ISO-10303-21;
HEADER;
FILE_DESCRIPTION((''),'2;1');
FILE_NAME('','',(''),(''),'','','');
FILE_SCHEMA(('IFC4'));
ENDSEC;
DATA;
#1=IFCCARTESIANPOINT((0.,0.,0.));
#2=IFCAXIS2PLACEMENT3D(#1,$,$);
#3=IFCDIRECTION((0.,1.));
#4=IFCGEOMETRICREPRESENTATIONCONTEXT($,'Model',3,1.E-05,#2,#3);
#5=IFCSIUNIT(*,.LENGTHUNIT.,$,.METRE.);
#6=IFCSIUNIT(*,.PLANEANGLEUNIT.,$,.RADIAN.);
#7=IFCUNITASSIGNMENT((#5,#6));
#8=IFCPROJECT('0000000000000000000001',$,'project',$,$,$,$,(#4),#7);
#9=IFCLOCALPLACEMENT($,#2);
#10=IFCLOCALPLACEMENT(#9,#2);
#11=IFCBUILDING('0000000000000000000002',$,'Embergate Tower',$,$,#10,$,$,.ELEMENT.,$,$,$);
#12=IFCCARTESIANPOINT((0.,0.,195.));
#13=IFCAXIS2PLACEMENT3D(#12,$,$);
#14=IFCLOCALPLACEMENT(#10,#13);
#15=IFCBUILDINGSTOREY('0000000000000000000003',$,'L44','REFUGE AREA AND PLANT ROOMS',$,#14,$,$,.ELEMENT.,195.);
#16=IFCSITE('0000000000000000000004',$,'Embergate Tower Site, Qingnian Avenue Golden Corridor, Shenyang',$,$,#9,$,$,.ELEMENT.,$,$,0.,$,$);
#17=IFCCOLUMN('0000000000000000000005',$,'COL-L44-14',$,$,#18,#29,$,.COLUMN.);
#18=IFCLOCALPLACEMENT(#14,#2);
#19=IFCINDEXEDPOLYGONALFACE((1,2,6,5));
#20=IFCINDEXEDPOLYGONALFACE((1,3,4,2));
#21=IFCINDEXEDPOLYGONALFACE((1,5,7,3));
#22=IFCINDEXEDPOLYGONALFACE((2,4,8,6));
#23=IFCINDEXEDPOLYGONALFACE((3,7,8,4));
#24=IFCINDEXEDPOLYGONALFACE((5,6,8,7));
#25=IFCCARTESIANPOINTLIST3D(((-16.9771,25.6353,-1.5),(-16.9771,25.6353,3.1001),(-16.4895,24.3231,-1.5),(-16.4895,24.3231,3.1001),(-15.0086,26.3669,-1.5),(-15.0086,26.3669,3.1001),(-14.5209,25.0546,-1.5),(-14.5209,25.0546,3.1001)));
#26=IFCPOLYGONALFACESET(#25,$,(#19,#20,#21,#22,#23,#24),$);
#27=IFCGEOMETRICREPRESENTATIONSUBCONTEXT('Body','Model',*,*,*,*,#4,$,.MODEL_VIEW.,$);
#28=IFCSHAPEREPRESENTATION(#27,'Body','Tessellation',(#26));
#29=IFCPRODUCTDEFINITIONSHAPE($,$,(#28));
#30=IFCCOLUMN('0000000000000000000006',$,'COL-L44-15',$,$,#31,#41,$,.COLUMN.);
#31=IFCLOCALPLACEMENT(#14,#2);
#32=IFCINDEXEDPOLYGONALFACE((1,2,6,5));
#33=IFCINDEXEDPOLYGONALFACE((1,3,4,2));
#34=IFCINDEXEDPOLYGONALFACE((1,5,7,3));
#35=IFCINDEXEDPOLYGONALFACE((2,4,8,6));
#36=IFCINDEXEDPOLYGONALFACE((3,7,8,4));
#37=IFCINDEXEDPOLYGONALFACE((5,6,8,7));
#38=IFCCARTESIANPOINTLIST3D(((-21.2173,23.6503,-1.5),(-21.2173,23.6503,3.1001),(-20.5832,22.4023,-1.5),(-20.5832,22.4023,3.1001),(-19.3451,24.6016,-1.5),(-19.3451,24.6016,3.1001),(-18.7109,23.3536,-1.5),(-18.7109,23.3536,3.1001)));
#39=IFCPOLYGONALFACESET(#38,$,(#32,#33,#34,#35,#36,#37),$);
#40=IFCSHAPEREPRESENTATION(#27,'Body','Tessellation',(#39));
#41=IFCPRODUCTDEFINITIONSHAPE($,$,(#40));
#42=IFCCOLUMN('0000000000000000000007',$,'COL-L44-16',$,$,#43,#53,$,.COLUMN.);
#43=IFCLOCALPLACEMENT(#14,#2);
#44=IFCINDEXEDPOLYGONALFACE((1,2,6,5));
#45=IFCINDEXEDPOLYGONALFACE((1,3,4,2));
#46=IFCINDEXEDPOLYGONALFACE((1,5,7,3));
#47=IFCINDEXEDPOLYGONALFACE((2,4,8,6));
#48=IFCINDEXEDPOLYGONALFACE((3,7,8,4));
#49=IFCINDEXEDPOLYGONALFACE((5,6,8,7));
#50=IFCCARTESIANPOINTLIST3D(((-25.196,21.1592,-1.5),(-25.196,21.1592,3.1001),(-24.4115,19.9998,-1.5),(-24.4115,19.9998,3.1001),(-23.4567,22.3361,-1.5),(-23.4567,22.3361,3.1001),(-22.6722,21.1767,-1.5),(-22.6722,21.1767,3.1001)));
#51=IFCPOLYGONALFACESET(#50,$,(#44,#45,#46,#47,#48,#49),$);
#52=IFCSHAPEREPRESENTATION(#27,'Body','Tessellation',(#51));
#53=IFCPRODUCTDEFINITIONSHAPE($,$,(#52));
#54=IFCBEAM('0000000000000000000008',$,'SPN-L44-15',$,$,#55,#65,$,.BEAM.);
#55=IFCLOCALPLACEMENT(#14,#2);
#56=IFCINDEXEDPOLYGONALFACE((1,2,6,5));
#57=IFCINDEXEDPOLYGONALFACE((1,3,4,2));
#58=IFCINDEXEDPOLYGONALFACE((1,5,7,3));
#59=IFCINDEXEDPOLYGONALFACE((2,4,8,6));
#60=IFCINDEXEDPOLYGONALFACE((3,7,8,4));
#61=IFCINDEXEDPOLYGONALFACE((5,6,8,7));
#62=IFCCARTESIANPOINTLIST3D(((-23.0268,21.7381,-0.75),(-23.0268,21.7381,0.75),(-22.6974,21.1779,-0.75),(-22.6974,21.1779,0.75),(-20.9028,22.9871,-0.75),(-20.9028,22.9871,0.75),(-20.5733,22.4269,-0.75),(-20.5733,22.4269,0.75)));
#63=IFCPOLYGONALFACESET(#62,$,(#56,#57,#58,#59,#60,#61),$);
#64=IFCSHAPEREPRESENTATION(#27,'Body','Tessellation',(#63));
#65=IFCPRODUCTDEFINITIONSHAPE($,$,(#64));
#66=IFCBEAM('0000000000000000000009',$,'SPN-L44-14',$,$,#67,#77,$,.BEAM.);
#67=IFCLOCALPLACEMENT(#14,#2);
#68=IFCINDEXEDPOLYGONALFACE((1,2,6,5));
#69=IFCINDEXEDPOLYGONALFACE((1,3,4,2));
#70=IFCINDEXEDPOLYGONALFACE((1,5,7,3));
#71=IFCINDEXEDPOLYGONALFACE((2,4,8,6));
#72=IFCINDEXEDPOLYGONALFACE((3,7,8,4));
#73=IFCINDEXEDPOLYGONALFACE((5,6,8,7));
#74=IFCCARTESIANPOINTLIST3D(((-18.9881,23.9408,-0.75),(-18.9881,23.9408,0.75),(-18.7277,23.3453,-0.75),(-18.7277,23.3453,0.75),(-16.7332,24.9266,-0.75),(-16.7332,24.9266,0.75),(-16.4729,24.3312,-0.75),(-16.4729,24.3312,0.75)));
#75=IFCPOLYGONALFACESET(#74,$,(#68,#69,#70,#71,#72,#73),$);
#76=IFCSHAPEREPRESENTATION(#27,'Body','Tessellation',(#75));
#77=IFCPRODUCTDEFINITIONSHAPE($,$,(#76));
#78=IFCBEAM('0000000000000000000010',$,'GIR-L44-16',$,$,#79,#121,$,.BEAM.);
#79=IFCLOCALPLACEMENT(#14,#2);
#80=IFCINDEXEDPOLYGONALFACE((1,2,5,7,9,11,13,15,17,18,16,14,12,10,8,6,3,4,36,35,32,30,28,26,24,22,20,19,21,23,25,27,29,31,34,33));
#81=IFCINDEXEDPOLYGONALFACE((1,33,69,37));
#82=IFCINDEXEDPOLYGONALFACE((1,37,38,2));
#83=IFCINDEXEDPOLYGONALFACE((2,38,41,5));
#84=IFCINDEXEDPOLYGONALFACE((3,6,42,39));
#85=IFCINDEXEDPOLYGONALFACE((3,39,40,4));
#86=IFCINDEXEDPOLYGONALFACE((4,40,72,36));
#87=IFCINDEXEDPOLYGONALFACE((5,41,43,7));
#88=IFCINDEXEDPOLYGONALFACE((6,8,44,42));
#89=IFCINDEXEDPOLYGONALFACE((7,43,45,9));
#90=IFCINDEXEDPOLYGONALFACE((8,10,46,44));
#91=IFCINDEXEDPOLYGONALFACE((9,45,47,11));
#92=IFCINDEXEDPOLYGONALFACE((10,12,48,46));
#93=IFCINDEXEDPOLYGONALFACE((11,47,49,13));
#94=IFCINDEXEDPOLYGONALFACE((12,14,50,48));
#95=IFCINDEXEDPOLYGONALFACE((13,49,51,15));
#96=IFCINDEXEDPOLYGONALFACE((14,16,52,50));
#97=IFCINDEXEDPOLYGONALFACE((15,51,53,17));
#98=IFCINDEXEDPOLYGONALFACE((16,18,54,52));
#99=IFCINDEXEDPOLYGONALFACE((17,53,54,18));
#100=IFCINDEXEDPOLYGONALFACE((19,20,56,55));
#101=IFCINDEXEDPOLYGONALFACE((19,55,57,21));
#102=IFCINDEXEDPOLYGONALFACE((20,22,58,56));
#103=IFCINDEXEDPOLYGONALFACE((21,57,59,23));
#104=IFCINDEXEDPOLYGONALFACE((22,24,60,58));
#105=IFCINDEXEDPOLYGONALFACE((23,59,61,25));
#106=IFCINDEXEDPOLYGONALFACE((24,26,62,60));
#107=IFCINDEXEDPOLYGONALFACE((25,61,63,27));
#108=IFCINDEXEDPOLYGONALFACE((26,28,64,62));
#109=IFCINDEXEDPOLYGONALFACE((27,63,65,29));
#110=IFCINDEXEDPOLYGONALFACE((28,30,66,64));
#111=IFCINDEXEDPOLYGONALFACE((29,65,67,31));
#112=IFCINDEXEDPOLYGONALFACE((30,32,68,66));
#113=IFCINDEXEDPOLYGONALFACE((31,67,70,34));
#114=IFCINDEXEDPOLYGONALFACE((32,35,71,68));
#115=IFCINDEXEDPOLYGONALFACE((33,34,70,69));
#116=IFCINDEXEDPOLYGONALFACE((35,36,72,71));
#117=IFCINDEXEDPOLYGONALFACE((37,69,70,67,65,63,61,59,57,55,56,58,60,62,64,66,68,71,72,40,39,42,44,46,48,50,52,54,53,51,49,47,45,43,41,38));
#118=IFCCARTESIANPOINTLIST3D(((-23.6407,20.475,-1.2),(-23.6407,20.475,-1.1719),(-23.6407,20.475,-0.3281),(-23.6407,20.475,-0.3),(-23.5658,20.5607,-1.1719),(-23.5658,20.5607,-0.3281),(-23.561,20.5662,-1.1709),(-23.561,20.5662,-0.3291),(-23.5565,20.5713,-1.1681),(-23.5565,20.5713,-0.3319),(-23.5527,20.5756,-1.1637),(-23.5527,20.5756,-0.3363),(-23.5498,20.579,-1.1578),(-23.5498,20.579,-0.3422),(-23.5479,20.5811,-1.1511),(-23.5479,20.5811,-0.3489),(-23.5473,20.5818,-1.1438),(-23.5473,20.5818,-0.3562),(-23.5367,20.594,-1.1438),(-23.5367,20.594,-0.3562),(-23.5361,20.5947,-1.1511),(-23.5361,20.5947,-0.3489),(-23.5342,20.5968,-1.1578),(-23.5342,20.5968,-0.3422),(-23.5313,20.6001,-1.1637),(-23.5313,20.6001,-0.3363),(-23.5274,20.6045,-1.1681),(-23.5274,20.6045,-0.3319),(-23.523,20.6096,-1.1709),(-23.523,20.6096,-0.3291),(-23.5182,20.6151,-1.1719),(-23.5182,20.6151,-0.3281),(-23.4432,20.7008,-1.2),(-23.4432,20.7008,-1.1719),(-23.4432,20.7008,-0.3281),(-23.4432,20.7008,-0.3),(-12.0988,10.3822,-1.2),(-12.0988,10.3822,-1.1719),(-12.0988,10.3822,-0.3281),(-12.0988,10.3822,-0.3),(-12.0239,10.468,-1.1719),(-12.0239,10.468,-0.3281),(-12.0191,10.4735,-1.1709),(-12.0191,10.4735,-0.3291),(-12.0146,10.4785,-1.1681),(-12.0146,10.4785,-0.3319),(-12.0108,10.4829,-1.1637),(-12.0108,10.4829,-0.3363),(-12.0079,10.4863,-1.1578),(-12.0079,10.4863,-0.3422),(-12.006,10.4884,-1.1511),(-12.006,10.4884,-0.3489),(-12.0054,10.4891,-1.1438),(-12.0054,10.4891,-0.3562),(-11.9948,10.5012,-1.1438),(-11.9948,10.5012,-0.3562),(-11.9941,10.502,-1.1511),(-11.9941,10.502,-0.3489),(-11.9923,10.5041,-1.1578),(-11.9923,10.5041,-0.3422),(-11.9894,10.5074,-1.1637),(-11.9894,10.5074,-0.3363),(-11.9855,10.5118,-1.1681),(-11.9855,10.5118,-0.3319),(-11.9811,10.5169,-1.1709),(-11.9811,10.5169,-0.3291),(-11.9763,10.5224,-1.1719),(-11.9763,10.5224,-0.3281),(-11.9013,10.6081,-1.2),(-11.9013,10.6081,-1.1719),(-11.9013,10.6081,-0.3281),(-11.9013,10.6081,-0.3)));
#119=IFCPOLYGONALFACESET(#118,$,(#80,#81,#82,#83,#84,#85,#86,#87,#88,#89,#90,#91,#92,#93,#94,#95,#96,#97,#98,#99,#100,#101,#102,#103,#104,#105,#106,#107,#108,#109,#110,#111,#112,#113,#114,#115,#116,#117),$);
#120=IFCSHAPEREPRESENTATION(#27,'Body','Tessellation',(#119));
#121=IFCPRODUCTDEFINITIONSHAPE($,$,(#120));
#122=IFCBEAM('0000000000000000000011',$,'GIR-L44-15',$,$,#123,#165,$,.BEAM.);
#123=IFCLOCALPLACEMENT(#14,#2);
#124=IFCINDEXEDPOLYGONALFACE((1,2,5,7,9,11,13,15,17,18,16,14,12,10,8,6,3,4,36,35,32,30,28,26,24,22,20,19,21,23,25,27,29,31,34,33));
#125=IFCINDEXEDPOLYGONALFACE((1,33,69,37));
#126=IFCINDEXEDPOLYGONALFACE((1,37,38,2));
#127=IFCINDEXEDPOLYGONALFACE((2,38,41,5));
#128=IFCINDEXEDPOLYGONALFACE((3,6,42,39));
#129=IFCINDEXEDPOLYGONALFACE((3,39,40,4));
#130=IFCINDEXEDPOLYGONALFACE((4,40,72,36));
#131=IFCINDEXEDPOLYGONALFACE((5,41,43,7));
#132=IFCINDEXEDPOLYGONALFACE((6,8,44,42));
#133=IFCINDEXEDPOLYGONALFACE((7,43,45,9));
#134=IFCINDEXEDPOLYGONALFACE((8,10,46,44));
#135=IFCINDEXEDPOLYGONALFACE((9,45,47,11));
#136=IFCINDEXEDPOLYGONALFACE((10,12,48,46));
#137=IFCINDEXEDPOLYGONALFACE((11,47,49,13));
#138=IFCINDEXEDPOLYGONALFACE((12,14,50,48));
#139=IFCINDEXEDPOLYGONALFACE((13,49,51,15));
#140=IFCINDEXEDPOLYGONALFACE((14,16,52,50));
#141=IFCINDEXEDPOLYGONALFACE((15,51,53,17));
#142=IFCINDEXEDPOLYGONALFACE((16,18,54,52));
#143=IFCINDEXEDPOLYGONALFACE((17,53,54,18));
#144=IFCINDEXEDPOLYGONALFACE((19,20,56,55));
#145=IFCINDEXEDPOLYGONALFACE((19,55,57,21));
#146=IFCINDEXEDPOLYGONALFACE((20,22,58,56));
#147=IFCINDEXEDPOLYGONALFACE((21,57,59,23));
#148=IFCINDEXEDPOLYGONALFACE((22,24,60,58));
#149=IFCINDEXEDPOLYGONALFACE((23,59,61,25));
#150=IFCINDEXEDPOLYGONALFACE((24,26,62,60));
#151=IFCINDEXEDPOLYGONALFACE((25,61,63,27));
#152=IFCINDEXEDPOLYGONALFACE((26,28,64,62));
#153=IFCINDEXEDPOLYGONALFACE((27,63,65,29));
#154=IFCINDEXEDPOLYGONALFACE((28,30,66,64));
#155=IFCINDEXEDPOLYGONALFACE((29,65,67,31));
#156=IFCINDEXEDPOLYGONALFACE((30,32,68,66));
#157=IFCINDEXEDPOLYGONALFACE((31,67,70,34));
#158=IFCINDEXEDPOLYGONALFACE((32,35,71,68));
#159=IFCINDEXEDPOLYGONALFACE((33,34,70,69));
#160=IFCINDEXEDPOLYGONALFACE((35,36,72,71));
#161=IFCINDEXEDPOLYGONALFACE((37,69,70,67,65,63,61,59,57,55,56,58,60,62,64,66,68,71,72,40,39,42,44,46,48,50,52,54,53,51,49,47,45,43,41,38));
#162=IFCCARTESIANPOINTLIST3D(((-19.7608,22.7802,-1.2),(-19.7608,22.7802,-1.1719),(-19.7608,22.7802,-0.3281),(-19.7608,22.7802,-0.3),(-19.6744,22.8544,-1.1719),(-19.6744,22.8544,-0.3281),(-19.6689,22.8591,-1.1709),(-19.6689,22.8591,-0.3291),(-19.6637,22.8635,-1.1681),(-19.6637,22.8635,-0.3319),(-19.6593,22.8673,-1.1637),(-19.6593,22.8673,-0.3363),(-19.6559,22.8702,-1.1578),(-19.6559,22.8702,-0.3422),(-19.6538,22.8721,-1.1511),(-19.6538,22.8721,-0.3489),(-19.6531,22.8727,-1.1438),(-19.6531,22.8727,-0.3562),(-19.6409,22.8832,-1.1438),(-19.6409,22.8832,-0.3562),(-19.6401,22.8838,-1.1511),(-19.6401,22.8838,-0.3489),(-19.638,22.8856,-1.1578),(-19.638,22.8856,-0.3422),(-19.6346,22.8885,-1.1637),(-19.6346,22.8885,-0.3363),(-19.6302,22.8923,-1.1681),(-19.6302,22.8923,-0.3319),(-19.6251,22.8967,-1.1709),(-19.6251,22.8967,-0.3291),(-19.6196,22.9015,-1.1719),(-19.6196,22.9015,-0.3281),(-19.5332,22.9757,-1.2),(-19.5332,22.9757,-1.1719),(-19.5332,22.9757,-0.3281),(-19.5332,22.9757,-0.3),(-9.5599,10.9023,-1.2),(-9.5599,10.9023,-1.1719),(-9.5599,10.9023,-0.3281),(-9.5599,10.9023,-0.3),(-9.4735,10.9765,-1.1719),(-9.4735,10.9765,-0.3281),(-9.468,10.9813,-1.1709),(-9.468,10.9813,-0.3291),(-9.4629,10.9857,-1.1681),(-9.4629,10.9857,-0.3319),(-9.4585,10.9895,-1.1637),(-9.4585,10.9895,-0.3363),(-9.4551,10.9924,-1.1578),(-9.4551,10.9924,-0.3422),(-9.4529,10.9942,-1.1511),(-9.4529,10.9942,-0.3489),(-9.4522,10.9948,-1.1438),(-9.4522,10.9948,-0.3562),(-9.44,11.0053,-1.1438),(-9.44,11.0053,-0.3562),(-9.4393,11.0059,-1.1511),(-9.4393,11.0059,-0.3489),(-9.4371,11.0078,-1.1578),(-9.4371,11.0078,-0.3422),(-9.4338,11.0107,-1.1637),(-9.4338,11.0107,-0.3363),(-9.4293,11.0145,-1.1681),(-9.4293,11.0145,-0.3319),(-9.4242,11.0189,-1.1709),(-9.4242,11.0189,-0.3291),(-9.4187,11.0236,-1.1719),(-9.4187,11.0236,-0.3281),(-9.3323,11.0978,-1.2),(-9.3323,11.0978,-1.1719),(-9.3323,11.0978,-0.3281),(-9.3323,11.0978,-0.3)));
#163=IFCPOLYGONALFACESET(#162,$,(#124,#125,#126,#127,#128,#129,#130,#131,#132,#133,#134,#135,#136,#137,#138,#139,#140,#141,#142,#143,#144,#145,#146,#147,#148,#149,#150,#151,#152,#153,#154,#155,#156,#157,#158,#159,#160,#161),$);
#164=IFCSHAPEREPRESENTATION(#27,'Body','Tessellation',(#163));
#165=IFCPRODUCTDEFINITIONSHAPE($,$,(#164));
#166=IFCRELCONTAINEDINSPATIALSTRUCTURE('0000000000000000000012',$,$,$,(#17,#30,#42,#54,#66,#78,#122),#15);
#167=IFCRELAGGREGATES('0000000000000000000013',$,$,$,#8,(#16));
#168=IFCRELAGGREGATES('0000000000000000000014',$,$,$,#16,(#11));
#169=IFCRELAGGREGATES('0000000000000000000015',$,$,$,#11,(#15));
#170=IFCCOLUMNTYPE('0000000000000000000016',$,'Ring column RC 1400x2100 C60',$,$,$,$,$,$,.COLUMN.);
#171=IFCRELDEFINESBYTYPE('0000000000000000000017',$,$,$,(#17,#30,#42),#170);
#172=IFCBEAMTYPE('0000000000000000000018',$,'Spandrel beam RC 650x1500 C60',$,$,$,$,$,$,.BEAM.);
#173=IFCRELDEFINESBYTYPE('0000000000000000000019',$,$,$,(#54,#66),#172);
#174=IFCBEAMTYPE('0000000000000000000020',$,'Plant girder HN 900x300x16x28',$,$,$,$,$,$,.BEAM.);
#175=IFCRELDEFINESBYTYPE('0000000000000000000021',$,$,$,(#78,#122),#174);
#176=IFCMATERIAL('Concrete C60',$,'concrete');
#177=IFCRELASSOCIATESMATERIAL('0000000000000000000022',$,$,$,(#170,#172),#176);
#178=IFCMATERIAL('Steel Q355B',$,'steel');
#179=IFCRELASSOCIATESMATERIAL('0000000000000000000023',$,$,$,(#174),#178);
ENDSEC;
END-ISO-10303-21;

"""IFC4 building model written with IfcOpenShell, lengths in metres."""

from ifc_helpers import new_model, si_unit, direction, frame, origin, origin_2d, place, context, subcontext, project, spatial, rectangle, i_section, extrude, source, transform, mapped, material, material_profile, profile_set, type_object, element, save


model = new_model("IFC4")

# Units and contexts
model_context = context("Model", 3, precision=1e-05, world=origin(), true_north=direction((0.0, 1.0)))
body_context = subcontext(model_context, "Body", "Model", "MODEL_VIEW")
ifc_project = project(units=[si_unit("LENGTHUNIT", "METRE"), si_unit("PLANEANGLEUNIT", "RADIAN")], contexts=[model_context])

# Site, building, storey
site_placement = place(None, origin())
site = spatial("IfcSite", under=ifc_project, at=site_placement, Name="Embergate Tower Site, Qingnian Avenue Golden Corridor, Shenyang", CompositionType="ELEMENT", RefElevation=0.0)
building_placement = place(site_placement, origin())
building = spatial("IfcBuilding", under=site, at=building_placement, Name="Embergate Tower", CompositionType="ELEMENT")
storey_placement = place(building_placement, frame((0.0, 0.0, 195.0)))
storey = spatial("IfcBuildingStorey", under=building, at=storey_placement, Name="L44", Description="REFUGE AREA AND PLANT ROOMS", CompositionType="ELEMENT", Elevation=195.0)

# Columns
ifc_material_1 = material(Name="Concrete C60", Category="concrete")
ifc_material_profile_1 = material_profile(ifc_material_1, rectangle(XDim=1.3999, YDim=2.1001, at=origin_2d()), Name="RC 1400x2100")
ifc_profile_set_1 = profile_set([ifc_material_profile_1], Name="Concrete C60")
column_type = type_object("IfcColumnType", Name="Ring column RC 1400x2100 C60", PredefinedType="COLUMN", material=ifc_profile_set_1)
shared_shape_1 = source(origin(), body_context, "Body", "SweptSolid", [
    extrude(rectangle(XDim=1.3999, YDim=2.1001, at=origin_2d()), origin(), (0.0, 0.0, 1.0), 4.6001),
])
for number, where, z_axis, x_axis, name in (
    (1, (-15.749, 25.345, -1.5), (0.0, 0.0, 1.0), (-0.348343, 0.937367, 0.0), "COL-L44-14"),
    (2, (-19.9641, 23.502, -1.5), (0.0, 0.0, 1.0), (-0.452995, 0.891513, 0.0), "COL-L44-15"),
    (3, (-23.9341, 21.168, -1.5), (0.0, 0.0, 1.0), (-0.560393, 0.828227, 0.0), "COL-L44-16"),
):
    element("IfcColumn", number, at=place(storey_placement, frame(where, z_axis=z_axis, x_axis=x_axis)), inside=storey, type_object=column_type, Name=name, PredefinedType="COLUMN", context=body_context, shape_type="MappedRepresentation", body=[
        mapped(shared_shape_1, transform((0.0, 0.0, 0.0))),
    ])

# Beams
ifc_material_profile_2 = material_profile(ifc_material_1, rectangle(XDim=0.6499, YDim=1.5, at=origin_2d()), Name="RC 650x1500")
ifc_profile_set_2 = profile_set([ifc_material_profile_2], Name="Concrete C60")
beam_type_1 = type_object("IfcBeamType", Name="Spandrel beam RC 650x1500 C60", PredefinedType="BEAM", material=ifc_profile_set_2)
shared_shape_2 = source(origin(), body_context, "Body", "SweptSolid", [
    extrude(rectangle(XDim=0.6499, YDim=1.5, at=origin_2d()), origin(), (0.0, 0.0, 1.0), 2.4641),
])
beam_1_placement = place(storey_placement, frame((-20.738, 22.707, 0.0), z_axis=(-0.862006, -0.506899, 0.0), x_axis=(0.506899, -0.862006, 0.0)))
element("IfcBeam", 4, at=beam_1_placement, inside=storey, type_object=beam_type_1, Name="SPN-L44-15", PredefinedType="BEAM", context=body_context, shape_type="MappedRepresentation", body=[
    mapped(shared_shape_2, transform((0.0, 0.0, 0.0))),
])
shared_shape_3 = source(origin(), body_context, "Body", "SweptSolid", [
    extrude(rectangle(XDim=0.6499, YDim=1.5, at=origin_2d()), origin(), (0.0, 0.0, 1.0), 2.4609),
])
beam_2_placement = place(storey_placement, frame((-16.603, 24.6289, 0.0), z_axis=(-0.916257, -0.40059, 0.0), x_axis=(0.40059, -0.916257, 0.0)))
element("IfcBeam", 5, at=beam_2_placement, inside=storey, type_object=beam_type_1, Name="SPN-L44-14", PredefinedType="BEAM", context=body_context, shape_type="MappedRepresentation", body=[
    mapped(shared_shape_3, transform((0.0, 0.0, 0.0))),
])
ifc_material_2 = material(Name="Steel Q355B", Category="steel")
ifc_material_profile_3 = material_profile(ifc_material_2, i_section(OverallWidth=0.3, OverallDepth=0.8999, WebThickness=0.0161, FlangeThickness=0.0281, FilletRadius=0.0281, at=origin_2d()), Name="HN 900x300x16x28")
ifc_profile_set_3 = profile_set([ifc_material_profile_3], Name="Steel Q355 grade B")
beam_type_2 = type_object("IfcBeamType", Name="Plant girder HN 900x300x16x28", PredefinedType="BEAM", material=ifc_profile_set_3)
shared_shape_4 = source(origin(), body_context, "Body", "SweptSolid", [
    extrude(i_section(OverallWidth=0.3, OverallDepth=0.8999, WebThickness=0.0161, FlangeThickness=0.0281, FilletRadius=0.0281, at=origin_2d()), origin(), (0.0, 0.0, 1.0), 15.3323),
])
beam_3_placement = place(storey_placement, frame((-23.542, 20.5879, -0.75), z_axis=(0.752786, -0.658266, 0.0), x_axis=(0.658266, 0.752786, 0.0)))
element("IfcBeam", 6, at=beam_3_placement, inside=storey, type_object=beam_type_2, Name="GIR-L44-16", PredefinedType="BEAM", context=body_context, shape_type="MappedRepresentation", body=[
    mapped(shared_shape_4, transform((0.0, 0.0, 0.0))),
])
shared_shape_5 = source(origin(), body_context, "Body", "SweptSolid", [
    extrude(i_section(OverallWidth=0.3, OverallDepth=0.8999, WebThickness=0.0161, FlangeThickness=0.0281, FilletRadius=0.0281, at=origin_2d()), origin(), (0.0, 0.0, 1.0), 15.657),
])
beam_4_placement = place(storey_placement, frame((-19.647, 22.8779, -0.75), z_axis=(0.651522, -0.75863, 0.0), x_axis=(0.75863, 0.651522, 0.0)))
element("IfcBeam", 7, at=beam_4_placement, inside=storey, type_object=beam_type_2, Name="GIR-L44-15", PredefinedType="BEAM", context=body_context, shape_type="MappedRepresentation", body=[
    mapped(shared_shape_5, transform((0.0, 0.0, 0.0))),
])

save(model, "model.ifc")
